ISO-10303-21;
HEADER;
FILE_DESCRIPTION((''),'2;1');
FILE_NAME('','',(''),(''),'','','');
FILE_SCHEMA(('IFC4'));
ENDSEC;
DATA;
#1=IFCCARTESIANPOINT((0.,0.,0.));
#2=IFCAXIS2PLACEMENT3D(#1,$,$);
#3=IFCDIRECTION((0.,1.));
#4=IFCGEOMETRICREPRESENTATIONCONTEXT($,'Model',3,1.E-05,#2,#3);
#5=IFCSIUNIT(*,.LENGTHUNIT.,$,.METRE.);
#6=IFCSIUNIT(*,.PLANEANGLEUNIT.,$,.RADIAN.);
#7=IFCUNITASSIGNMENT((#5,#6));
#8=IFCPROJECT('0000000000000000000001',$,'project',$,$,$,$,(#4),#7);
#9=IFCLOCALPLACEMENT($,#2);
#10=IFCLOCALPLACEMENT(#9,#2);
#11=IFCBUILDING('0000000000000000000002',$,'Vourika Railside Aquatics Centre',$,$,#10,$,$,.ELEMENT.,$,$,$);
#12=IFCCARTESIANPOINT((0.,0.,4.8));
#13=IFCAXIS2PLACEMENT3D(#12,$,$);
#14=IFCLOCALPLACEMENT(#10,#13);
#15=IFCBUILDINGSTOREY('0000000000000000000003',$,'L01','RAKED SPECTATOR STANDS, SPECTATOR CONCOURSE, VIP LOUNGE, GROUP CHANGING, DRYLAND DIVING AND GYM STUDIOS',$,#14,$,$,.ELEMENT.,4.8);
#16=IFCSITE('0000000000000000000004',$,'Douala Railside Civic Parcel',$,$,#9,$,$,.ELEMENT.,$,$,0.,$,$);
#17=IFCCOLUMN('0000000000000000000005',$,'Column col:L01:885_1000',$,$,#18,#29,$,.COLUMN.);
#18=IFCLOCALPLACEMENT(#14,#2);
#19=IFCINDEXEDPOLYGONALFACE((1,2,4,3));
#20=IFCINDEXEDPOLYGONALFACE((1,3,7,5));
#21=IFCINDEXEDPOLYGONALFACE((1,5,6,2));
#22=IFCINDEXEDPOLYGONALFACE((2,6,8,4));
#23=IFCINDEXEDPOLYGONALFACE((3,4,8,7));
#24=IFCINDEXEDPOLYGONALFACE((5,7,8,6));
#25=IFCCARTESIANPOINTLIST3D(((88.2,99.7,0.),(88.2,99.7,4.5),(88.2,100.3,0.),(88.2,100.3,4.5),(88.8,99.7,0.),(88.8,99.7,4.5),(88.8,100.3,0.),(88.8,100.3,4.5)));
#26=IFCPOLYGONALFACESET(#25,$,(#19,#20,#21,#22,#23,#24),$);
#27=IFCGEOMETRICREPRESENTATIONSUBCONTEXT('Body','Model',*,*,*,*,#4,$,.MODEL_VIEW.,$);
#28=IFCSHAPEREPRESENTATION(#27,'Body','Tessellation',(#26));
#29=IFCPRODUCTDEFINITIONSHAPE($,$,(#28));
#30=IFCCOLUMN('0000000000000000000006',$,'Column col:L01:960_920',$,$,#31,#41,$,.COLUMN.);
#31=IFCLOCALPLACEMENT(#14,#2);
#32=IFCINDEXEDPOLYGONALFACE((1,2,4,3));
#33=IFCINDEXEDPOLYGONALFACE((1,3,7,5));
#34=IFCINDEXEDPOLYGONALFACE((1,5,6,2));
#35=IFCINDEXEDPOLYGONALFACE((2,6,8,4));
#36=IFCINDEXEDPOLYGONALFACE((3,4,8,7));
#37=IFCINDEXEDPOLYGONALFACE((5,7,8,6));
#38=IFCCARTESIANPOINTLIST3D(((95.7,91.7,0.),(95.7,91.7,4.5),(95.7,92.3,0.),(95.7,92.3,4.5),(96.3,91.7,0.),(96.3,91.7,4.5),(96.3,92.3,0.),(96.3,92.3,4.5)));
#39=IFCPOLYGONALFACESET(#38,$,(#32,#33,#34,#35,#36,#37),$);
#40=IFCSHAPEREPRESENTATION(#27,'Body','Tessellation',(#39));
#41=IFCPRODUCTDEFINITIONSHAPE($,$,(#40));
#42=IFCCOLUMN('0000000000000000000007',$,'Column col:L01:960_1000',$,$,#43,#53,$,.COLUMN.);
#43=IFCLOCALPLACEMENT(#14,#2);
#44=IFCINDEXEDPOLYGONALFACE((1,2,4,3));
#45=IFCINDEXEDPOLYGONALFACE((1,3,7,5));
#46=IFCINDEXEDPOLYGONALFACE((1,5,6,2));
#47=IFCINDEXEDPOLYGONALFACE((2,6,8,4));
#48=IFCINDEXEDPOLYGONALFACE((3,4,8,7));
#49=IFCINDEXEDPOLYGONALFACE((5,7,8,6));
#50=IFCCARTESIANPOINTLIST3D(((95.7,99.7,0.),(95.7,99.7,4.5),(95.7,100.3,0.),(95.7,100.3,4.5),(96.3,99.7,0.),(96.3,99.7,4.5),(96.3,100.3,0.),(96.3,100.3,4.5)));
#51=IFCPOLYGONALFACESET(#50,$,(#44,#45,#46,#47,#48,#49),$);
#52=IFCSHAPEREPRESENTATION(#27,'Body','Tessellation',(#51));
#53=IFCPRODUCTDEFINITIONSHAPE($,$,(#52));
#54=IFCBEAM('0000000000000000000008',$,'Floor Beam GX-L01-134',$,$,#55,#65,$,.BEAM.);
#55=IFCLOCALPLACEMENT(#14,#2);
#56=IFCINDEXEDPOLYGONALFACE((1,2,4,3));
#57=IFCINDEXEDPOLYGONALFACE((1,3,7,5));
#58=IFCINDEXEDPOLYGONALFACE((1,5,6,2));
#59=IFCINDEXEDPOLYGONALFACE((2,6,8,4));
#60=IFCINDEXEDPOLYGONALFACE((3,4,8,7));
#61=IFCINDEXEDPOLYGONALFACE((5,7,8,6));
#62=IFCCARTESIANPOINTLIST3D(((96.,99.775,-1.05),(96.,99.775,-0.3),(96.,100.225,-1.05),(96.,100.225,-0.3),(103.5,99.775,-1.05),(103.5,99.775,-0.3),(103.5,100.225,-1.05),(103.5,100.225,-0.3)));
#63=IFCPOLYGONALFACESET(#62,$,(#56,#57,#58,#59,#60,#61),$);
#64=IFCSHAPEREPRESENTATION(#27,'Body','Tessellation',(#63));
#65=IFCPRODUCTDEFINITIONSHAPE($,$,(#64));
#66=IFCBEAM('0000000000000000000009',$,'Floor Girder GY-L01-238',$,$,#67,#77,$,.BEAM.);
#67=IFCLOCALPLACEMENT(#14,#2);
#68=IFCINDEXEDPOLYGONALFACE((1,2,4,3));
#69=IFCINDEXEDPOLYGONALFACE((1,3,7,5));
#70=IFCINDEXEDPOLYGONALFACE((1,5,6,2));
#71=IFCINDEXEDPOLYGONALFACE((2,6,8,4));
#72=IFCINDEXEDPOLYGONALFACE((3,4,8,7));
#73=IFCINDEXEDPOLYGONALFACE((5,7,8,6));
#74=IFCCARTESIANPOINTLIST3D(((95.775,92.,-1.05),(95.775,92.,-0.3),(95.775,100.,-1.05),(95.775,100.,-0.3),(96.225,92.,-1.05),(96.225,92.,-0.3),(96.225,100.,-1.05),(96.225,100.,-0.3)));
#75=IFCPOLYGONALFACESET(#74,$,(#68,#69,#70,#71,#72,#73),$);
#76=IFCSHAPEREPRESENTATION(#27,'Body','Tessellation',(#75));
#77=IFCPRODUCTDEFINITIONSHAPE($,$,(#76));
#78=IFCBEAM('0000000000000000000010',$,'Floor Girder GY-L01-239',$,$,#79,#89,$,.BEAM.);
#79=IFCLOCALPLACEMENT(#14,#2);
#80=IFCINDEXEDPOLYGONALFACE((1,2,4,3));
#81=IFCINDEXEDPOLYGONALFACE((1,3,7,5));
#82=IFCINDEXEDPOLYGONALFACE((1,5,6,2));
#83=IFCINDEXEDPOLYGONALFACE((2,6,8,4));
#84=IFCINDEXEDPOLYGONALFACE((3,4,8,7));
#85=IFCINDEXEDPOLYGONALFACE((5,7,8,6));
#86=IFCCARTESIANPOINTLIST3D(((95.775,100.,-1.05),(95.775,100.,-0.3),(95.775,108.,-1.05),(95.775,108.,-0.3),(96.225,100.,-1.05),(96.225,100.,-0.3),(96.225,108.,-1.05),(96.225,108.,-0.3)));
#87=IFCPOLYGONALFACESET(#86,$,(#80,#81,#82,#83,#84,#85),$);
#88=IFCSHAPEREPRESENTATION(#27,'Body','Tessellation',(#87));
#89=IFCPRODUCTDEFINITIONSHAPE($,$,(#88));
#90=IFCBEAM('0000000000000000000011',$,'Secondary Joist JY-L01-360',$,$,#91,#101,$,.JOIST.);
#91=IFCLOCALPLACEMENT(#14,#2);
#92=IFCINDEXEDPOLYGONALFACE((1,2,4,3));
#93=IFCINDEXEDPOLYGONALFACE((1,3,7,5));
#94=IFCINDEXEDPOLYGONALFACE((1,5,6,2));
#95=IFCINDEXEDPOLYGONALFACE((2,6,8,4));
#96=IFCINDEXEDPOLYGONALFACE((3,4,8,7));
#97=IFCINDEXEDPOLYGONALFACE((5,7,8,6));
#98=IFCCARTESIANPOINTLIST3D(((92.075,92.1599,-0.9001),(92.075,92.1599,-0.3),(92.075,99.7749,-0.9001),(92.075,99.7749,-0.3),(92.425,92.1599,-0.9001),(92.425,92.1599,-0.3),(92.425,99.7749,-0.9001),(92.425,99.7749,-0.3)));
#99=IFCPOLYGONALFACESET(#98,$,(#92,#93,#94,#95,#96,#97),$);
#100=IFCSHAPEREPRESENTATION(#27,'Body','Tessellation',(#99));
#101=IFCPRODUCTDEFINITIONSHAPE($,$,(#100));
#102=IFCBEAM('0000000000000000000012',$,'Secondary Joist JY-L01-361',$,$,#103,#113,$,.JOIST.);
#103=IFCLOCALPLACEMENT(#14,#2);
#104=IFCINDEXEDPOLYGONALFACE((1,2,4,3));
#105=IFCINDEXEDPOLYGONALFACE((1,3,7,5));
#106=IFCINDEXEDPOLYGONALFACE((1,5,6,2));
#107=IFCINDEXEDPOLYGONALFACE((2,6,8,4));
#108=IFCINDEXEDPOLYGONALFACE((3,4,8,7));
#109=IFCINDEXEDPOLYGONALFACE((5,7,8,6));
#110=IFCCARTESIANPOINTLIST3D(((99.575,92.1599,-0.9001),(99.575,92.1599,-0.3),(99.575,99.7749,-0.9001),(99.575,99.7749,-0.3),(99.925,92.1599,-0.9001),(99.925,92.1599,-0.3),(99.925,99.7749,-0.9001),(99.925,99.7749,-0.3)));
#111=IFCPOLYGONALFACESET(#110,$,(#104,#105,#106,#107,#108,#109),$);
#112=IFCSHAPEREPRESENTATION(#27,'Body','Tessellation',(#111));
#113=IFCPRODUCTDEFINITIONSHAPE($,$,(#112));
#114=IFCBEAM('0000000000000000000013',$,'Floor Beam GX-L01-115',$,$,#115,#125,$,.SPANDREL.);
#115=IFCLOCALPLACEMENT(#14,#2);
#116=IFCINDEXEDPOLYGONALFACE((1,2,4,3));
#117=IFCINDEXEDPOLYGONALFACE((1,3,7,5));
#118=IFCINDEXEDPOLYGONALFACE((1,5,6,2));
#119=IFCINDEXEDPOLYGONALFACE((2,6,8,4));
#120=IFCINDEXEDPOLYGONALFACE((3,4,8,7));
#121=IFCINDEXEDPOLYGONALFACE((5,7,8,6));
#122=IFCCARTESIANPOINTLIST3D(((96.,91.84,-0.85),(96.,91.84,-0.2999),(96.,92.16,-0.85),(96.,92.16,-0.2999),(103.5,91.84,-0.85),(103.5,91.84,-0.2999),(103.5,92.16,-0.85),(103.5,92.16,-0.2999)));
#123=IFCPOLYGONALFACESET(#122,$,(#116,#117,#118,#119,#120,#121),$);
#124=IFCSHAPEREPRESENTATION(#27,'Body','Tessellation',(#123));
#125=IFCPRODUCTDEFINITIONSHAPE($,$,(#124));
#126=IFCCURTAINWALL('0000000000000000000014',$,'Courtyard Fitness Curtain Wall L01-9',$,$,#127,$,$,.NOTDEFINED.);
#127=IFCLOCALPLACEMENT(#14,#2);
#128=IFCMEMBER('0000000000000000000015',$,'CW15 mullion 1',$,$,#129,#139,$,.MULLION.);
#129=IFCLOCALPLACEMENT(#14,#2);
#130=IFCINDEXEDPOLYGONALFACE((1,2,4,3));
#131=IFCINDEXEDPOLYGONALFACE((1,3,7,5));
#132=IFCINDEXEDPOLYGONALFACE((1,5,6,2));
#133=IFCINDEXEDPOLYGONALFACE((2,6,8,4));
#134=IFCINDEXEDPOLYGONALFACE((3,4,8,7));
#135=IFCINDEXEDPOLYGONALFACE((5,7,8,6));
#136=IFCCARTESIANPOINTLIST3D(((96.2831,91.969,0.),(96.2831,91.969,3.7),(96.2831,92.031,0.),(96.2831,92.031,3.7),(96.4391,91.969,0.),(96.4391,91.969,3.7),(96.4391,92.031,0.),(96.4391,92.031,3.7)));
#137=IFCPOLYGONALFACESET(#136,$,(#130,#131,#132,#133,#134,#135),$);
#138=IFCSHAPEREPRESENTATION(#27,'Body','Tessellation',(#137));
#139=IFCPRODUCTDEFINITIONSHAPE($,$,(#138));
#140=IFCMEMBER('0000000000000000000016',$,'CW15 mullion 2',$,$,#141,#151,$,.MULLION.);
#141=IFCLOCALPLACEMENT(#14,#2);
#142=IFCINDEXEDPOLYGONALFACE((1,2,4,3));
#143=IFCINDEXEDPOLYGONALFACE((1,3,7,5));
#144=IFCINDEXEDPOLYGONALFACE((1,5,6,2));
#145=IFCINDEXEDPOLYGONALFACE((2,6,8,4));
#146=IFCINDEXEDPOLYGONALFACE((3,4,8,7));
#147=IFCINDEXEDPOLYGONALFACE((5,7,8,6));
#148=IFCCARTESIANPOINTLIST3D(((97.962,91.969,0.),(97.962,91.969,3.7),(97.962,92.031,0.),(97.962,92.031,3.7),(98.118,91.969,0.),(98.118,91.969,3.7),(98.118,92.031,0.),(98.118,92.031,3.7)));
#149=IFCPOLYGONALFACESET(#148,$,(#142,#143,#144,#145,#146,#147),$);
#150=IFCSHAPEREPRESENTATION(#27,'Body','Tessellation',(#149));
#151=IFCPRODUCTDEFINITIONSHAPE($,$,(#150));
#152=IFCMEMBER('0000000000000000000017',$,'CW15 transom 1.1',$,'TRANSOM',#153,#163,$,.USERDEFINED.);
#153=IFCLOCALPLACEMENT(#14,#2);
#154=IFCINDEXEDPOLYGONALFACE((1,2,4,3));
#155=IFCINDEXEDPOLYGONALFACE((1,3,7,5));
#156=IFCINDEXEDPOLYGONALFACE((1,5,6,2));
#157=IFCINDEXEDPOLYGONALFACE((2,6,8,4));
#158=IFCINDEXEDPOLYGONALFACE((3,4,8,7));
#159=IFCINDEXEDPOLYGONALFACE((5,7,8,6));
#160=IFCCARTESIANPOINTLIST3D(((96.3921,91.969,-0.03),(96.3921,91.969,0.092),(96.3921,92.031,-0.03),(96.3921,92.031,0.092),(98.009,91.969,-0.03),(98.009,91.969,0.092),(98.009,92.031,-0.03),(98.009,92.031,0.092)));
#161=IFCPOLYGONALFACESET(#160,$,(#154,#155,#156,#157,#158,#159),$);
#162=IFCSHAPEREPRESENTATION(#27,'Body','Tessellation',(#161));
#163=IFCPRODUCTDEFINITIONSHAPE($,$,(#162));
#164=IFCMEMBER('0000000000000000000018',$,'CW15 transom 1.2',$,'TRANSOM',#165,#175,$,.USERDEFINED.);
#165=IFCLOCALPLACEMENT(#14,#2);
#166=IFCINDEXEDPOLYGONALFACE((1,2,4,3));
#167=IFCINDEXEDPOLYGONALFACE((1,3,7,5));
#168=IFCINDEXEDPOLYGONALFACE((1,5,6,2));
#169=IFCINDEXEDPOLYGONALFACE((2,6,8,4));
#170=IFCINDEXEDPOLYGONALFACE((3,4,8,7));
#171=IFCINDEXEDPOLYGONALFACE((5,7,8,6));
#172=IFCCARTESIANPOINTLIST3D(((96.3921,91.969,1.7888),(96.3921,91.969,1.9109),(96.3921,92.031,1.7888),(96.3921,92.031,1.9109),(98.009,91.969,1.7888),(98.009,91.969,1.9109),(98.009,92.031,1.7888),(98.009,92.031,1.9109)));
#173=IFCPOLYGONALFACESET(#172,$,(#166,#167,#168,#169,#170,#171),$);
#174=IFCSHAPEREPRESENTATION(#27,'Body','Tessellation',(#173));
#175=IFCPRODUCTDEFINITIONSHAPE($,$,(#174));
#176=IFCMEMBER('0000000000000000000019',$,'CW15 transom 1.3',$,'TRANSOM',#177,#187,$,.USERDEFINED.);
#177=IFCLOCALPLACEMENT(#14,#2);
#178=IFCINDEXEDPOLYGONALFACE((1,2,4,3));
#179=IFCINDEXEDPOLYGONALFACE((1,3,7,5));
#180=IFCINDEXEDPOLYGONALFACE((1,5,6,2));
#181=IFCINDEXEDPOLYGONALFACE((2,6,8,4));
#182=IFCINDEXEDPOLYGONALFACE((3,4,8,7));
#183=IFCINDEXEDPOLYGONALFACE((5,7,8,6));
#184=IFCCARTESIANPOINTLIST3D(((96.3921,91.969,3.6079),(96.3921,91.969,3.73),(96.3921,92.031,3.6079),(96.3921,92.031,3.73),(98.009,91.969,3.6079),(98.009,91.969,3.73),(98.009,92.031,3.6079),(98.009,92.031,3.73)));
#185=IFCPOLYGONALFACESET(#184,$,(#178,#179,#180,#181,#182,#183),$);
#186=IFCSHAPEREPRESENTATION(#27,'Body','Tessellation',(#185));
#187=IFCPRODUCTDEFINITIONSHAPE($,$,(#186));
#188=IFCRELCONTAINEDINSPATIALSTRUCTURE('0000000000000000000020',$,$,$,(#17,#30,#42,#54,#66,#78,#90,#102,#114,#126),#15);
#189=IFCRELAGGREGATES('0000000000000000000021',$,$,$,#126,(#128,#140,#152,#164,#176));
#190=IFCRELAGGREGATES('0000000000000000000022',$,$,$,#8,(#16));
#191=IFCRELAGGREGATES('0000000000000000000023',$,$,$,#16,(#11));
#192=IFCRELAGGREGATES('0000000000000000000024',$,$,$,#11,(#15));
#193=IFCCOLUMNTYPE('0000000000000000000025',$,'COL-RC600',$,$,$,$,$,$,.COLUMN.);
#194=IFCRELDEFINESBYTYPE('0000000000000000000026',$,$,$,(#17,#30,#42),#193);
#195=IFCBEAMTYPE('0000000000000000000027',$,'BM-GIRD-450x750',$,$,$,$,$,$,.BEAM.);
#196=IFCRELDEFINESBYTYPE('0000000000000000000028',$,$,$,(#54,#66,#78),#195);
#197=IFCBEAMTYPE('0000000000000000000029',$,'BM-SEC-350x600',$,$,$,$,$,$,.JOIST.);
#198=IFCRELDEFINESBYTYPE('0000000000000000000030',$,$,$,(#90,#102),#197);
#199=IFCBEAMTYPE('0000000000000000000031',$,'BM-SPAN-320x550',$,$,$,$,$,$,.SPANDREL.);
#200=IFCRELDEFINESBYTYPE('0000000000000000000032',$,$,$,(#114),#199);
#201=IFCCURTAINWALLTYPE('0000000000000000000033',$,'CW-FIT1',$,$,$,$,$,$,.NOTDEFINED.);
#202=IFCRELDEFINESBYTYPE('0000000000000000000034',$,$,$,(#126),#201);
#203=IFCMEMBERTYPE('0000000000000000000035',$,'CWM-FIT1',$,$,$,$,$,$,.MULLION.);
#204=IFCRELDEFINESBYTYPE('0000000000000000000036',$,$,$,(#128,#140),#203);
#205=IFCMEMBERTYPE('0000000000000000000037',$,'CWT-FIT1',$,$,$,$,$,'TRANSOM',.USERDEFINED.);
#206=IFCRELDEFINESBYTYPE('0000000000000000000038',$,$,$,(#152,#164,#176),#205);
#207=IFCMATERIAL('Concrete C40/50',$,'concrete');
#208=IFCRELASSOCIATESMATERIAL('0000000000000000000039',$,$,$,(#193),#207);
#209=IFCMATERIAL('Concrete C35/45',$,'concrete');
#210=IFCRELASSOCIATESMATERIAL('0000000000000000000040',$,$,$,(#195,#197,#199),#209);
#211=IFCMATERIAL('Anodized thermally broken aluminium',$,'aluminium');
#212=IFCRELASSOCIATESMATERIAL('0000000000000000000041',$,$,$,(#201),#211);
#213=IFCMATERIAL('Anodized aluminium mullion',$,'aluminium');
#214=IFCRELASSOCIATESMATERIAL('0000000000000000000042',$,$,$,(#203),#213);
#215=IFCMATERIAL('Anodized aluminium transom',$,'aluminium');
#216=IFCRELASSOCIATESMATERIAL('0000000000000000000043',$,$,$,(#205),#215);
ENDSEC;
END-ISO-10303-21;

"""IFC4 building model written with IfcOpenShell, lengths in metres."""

from ifc_helpers import new_model, si_unit, direction, frame, origin, origin_2d, place, context, subcontext, project, spatial, rectangle, extrude, material, material_profile, profile_set, type_object, element, aggregate, save


model = new_model("IFC4")

# Units and contexts
model_context = context("Model", 3, precision=1e-05, world=origin(), true_north=direction((0.0, 1.0)))
body_context = subcontext(model_context, "Body", "Model", "MODEL_VIEW")
ifc_project = project(units=[si_unit("LENGTHUNIT", "METRE"), si_unit("PLANEANGLEUNIT", "RADIAN")], contexts=[model_context])

# Site, building, storey
site_placement = place(None, origin())
site = spatial("IfcSite", under=ifc_project, at=site_placement, Name="Douala Railside Civic Parcel", CompositionType="ELEMENT", RefElevation=0.0)
building_placement = place(site_placement, origin())
building = spatial("IfcBuilding", under=site, at=building_placement, Name="Vourika Railside Aquatics Centre", CompositionType="ELEMENT")
storey_placement = place(building_placement, frame((0.0, 0.0, 4.8)))
storey = spatial("IfcBuildingStorey", under=building, at=storey_placement, Name="L01", Description="RAKED SPECTATOR STANDS, SPECTATOR CONCOURSE, VIP LOUNGE, GROUP CHANGING, DRYLAND DIVING AND GYM STUDIOS", CompositionType="ELEMENT", Elevation=4.8)

# Columns
ifc_material_1 = material(Name="Concrete C40/50", Category="concrete")
ifc_material_profile_1 = material_profile(ifc_material_1, rectangle(XDim=0.6001, YDim=0.6001, at=origin_2d()), Name="RC 600x600")
ifc_profile_set_1 = profile_set([ifc_material_profile_1], Name="Concrete C40/50")
column_type = type_object("IfcColumnType", Name="COL-RC600", PredefinedType="COLUMN", material=ifc_profile_set_1)
for number, where, z_axis, x_axis, name in (
    (1, (88.5, 100.0, 0.0), (0.0, 0.0, 1.0), (1.0, 0.0, 0.0), "Column col:L01:885_1000"),
    (2, (96.0, 92.0, 0.0), (0.0, 0.0, 1.0), (1.0, 0.0, 0.0), "Column col:L01:960_920"),
    (3, (96.0, 100.0, 0.0), (0.0, 0.0, 1.0), (1.0, 0.0, 0.0), "Column col:L01:960_1000"),
):
    element("IfcColumn", number, at=place(storey_placement, frame(where, z_axis=z_axis, x_axis=x_axis)), inside=storey, type_object=column_type, Name=name, PredefinedType="COLUMN", context=body_context, shape_type="SweptSolid", body=[
        extrude(rectangle(XDim=0.6001, YDim=0.6001, at=origin_2d()), origin(), (0.0, 0.0, 1.0), 4.5),
    ])

# Beams
ifc_material_2 = material(Name="Concrete C35/45", Category="concrete")
ifc_material_profile_2 = material_profile(ifc_material_2, rectangle(XDim=0.45, YDim=0.75, at=origin_2d()), Name="RC 450x750")
ifc_profile_set_2 = profile_set([ifc_material_profile_2], Name="Concrete C35/45")
beam_type_1 = type_object("IfcBeamType", Name="BM-GIRD-450x750", PredefinedType="BEAM", material=ifc_profile_set_2)
beam_1_placement = place(storey_placement, frame((96.0, 100.0, -0.675), z_axis=(1.0, 0.0, 0.0), x_axis=(0.0, 1.0, 0.0)))
element("IfcBeam", 4, at=beam_1_placement, inside=storey, type_object=beam_type_1, Name="Floor Beam GX-L01-134", PredefinedType="BEAM", context=body_context, shape_type="SweptSolid", body=[
    extrude(rectangle(XDim=0.45, YDim=0.75, at=origin_2d()), origin(), (0.0, 0.0, 1.0), 7.5),
])
for number, where, z_axis, x_axis, name in (
    (5, (96.0, 92.0, -0.675), (0.0, 1.0, 0.0), (-1.0, 0.0, 0.0), "Floor Girder GY-L01-238"),
    (6, (96.0, 100.0, -0.675), (0.0, 1.0, 0.0), (-1.0, 0.0, 0.0), "Floor Girder GY-L01-239"),
):
    element("IfcBeam", number, at=place(storey_placement, frame(where, z_axis=z_axis, x_axis=x_axis)), inside=storey, type_object=beam_type_1, Name=name, PredefinedType="BEAM", context=body_context, shape_type="SweptSolid", body=[
        extrude(rectangle(XDim=0.45, YDim=0.75, at=origin_2d()), origin(), (0.0, 0.0, 1.0), 8.0),
    ])
ifc_material_profile_3 = material_profile(ifc_material_2, rectangle(XDim=0.3501, YDim=0.6001, at=origin_2d()), Name="RC 350x600")
ifc_profile_set_3 = profile_set([ifc_material_profile_3], Name="Concrete C35/45")
beam_type_2 = type_object("IfcBeamType", Name="BM-SEC-350x600", PredefinedType="JOIST", material=ifc_profile_set_3)
for number, where, z_axis, x_axis, name in (
    (7, (92.25, 92.1599, -0.6001), (0.0, 1.0, 0.0), (-1.0, 0.0, 0.0), "Secondary Joist JY-L01-360"),
    (8, (99.75, 92.1599, -0.6001), (0.0, 1.0, 0.0), (-1.0, 0.0, 0.0), "Secondary Joist JY-L01-361"),
):
    element("IfcBeam", number, at=place(storey_placement, frame(where, z_axis=z_axis, x_axis=x_axis)), inside=storey, type_object=beam_type_2, Name=name, PredefinedType="JOIST", context=body_context, shape_type="SweptSolid", body=[
        extrude(rectangle(XDim=0.3501, YDim=0.6001, at=origin_2d()), origin(), (0.0, 0.0, 1.0), 7.615),
    ])
ifc_material_profile_4 = material_profile(ifc_material_2, rectangle(XDim=0.3201, YDim=0.55, at=origin_2d()), Name="RC 320x550")
ifc_profile_set_4 = profile_set([ifc_material_profile_4], Name="Concrete C35/45")
beam_type_3 = type_object("IfcBeamType", Name="BM-SPAN-320x550", PredefinedType="SPANDREL", material=ifc_profile_set_4)
beam_2_placement = place(storey_placement, frame((96.0, 92.0, -0.575), z_axis=(1.0, 0.0, 0.0), x_axis=(0.0, 1.0, 0.0)))
element("IfcBeam", 9, at=beam_2_placement, inside=storey, type_object=beam_type_3, Name="Floor Beam GX-L01-115", PredefinedType="SPANDREL", context=body_context, shape_type="SweptSolid", body=[
    extrude(rectangle(XDim=0.3201, YDim=0.55, at=origin_2d()), origin(), (0.0, 0.0, 1.0), 7.5),
])

# Curtain wall, members
ifc_material_3 = material(Name="Anodized thermally broken aluminium", Category="aluminium")
curtain_wall_type = type_object("IfcCurtainWallType", Name="CW-FIT1", PredefinedType="NOTDEFINED", material=ifc_material_3)
curtain_wall_placement = place(storey_placement, origin())
curtain_wall = element("IfcCurtainWall", 10, at=curtain_wall_placement, inside=storey, type_object=curtain_wall_type, Name="Courtyard Fitness Curtain Wall L01-9", PredefinedType="NOTDEFINED")
ifc_material_4 = material(Name="Anodized aluminium mullion", Category="aluminium")
ifc_material_profile_5 = material_profile(ifc_material_4, rectangle(XDim=0.062, YDim=0.156, at=origin_2d()), Name="ALU-M 62x156")
ifc_profile_set_5 = profile_set([ifc_material_profile_5], Name="Anodized aluminium mullion")
member_type_1 = type_object("IfcMemberType", Name="CWM-FIT1", PredefinedType="MULLION", material=ifc_profile_set_5)
member_1_placement = place(storey_placement, frame((96.3611, 92.0, 0.0), z_axis=(0.0, 0.0, 1.0), x_axis=(0.0, 1.0, 0.0)))
member_1 = element("IfcMember", 11, at=member_1_placement, type_object=member_type_1, Name="CW15 mullion 1", PredefinedType="MULLION", context=body_context, shape_type="SweptSolid", body=[
    extrude(rectangle(XDim=0.062, YDim=0.156, at=origin_2d()), origin(), (0.0, 0.0, 1.0), 3.7),
])
member_2_placement = place(storey_placement, frame((98.04, 92.0, 0.0), z_axis=(0.0, 0.0, 1.0), x_axis=(0.0, 1.0, 0.0)))
member_2 = element("IfcMember", 12, at=member_2_placement, type_object=member_type_1, Name="CW15 mullion 2", PredefinedType="MULLION", context=body_context, shape_type="SweptSolid", body=[
    extrude(rectangle(XDim=0.062, YDim=0.156, at=origin_2d()), origin(), (0.0, 0.0, 1.0), 3.7),
])
ifc_material_5 = material(Name="Anodized aluminium transom", Category="aluminium")
ifc_material_profile_6 = material_profile(ifc_material_5, rectangle(XDim=0.062, YDim=0.1221, at=origin_2d()), Name="ALU-T 62x122")
ifc_profile_set_6 = profile_set([ifc_material_profile_6], Name="Anodized aluminium transom")
member_type_2 = type_object("IfcMemberType", Name="CWT-FIT1", ElementType="TRANSOM", PredefinedType="USERDEFINED", material=ifc_profile_set_6)
member_3_placement = place(storey_placement, frame((96.3921, 92.0, 0.031), z_axis=(1.0, 0.0, 0.0), x_axis=(0.0, 1.0, 0.0)))
member_3 = element("IfcMember", 13, at=member_3_placement, type_object=member_type_2, Name="CW15 transom 1.1", ObjectType="TRANSOM", PredefinedType="USERDEFINED", context=body_context, shape_type="SweptSolid", body=[
    extrude(rectangle(XDim=0.062, YDim=0.1221, at=origin_2d()), origin(), (0.0, 0.0, 1.0), 1.6169),
])
member_4_placement = place(storey_placement, frame((96.3921, 92.0, 1.8499), z_axis=(1.0, 0.0, 0.0), x_axis=(0.0, 1.0, 0.0)))
member_4 = element("IfcMember", 14, at=member_4_placement, type_object=member_type_2, Name="CW15 transom 1.2", ObjectType="TRANSOM", PredefinedType="USERDEFINED", context=body_context, shape_type="SweptSolid", body=[
    extrude(rectangle(XDim=0.062, YDim=0.1221, at=origin_2d()), origin(), (0.0, 0.0, 1.0), 1.6169),
])
member_5_placement = place(storey_placement, frame((96.3921, 92.0, 3.6689), z_axis=(1.0, 0.0, 0.0), x_axis=(0.0, 1.0, 0.0)))
member_5 = element("IfcMember", 15, at=member_5_placement, type_object=member_type_2, Name="CW15 transom 1.3", ObjectType="TRANSOM", PredefinedType="USERDEFINED", context=body_context, shape_type="SweptSolid", body=[
    extrude(rectangle(XDim=0.062, YDim=0.1221, at=origin_2d()), origin(), (0.0, 0.0, 1.0), 1.6169),
])
aggregate(curtain_wall, [member_1, member_2, member_3, member_4, member_5])

save(model, "model.ifc")
